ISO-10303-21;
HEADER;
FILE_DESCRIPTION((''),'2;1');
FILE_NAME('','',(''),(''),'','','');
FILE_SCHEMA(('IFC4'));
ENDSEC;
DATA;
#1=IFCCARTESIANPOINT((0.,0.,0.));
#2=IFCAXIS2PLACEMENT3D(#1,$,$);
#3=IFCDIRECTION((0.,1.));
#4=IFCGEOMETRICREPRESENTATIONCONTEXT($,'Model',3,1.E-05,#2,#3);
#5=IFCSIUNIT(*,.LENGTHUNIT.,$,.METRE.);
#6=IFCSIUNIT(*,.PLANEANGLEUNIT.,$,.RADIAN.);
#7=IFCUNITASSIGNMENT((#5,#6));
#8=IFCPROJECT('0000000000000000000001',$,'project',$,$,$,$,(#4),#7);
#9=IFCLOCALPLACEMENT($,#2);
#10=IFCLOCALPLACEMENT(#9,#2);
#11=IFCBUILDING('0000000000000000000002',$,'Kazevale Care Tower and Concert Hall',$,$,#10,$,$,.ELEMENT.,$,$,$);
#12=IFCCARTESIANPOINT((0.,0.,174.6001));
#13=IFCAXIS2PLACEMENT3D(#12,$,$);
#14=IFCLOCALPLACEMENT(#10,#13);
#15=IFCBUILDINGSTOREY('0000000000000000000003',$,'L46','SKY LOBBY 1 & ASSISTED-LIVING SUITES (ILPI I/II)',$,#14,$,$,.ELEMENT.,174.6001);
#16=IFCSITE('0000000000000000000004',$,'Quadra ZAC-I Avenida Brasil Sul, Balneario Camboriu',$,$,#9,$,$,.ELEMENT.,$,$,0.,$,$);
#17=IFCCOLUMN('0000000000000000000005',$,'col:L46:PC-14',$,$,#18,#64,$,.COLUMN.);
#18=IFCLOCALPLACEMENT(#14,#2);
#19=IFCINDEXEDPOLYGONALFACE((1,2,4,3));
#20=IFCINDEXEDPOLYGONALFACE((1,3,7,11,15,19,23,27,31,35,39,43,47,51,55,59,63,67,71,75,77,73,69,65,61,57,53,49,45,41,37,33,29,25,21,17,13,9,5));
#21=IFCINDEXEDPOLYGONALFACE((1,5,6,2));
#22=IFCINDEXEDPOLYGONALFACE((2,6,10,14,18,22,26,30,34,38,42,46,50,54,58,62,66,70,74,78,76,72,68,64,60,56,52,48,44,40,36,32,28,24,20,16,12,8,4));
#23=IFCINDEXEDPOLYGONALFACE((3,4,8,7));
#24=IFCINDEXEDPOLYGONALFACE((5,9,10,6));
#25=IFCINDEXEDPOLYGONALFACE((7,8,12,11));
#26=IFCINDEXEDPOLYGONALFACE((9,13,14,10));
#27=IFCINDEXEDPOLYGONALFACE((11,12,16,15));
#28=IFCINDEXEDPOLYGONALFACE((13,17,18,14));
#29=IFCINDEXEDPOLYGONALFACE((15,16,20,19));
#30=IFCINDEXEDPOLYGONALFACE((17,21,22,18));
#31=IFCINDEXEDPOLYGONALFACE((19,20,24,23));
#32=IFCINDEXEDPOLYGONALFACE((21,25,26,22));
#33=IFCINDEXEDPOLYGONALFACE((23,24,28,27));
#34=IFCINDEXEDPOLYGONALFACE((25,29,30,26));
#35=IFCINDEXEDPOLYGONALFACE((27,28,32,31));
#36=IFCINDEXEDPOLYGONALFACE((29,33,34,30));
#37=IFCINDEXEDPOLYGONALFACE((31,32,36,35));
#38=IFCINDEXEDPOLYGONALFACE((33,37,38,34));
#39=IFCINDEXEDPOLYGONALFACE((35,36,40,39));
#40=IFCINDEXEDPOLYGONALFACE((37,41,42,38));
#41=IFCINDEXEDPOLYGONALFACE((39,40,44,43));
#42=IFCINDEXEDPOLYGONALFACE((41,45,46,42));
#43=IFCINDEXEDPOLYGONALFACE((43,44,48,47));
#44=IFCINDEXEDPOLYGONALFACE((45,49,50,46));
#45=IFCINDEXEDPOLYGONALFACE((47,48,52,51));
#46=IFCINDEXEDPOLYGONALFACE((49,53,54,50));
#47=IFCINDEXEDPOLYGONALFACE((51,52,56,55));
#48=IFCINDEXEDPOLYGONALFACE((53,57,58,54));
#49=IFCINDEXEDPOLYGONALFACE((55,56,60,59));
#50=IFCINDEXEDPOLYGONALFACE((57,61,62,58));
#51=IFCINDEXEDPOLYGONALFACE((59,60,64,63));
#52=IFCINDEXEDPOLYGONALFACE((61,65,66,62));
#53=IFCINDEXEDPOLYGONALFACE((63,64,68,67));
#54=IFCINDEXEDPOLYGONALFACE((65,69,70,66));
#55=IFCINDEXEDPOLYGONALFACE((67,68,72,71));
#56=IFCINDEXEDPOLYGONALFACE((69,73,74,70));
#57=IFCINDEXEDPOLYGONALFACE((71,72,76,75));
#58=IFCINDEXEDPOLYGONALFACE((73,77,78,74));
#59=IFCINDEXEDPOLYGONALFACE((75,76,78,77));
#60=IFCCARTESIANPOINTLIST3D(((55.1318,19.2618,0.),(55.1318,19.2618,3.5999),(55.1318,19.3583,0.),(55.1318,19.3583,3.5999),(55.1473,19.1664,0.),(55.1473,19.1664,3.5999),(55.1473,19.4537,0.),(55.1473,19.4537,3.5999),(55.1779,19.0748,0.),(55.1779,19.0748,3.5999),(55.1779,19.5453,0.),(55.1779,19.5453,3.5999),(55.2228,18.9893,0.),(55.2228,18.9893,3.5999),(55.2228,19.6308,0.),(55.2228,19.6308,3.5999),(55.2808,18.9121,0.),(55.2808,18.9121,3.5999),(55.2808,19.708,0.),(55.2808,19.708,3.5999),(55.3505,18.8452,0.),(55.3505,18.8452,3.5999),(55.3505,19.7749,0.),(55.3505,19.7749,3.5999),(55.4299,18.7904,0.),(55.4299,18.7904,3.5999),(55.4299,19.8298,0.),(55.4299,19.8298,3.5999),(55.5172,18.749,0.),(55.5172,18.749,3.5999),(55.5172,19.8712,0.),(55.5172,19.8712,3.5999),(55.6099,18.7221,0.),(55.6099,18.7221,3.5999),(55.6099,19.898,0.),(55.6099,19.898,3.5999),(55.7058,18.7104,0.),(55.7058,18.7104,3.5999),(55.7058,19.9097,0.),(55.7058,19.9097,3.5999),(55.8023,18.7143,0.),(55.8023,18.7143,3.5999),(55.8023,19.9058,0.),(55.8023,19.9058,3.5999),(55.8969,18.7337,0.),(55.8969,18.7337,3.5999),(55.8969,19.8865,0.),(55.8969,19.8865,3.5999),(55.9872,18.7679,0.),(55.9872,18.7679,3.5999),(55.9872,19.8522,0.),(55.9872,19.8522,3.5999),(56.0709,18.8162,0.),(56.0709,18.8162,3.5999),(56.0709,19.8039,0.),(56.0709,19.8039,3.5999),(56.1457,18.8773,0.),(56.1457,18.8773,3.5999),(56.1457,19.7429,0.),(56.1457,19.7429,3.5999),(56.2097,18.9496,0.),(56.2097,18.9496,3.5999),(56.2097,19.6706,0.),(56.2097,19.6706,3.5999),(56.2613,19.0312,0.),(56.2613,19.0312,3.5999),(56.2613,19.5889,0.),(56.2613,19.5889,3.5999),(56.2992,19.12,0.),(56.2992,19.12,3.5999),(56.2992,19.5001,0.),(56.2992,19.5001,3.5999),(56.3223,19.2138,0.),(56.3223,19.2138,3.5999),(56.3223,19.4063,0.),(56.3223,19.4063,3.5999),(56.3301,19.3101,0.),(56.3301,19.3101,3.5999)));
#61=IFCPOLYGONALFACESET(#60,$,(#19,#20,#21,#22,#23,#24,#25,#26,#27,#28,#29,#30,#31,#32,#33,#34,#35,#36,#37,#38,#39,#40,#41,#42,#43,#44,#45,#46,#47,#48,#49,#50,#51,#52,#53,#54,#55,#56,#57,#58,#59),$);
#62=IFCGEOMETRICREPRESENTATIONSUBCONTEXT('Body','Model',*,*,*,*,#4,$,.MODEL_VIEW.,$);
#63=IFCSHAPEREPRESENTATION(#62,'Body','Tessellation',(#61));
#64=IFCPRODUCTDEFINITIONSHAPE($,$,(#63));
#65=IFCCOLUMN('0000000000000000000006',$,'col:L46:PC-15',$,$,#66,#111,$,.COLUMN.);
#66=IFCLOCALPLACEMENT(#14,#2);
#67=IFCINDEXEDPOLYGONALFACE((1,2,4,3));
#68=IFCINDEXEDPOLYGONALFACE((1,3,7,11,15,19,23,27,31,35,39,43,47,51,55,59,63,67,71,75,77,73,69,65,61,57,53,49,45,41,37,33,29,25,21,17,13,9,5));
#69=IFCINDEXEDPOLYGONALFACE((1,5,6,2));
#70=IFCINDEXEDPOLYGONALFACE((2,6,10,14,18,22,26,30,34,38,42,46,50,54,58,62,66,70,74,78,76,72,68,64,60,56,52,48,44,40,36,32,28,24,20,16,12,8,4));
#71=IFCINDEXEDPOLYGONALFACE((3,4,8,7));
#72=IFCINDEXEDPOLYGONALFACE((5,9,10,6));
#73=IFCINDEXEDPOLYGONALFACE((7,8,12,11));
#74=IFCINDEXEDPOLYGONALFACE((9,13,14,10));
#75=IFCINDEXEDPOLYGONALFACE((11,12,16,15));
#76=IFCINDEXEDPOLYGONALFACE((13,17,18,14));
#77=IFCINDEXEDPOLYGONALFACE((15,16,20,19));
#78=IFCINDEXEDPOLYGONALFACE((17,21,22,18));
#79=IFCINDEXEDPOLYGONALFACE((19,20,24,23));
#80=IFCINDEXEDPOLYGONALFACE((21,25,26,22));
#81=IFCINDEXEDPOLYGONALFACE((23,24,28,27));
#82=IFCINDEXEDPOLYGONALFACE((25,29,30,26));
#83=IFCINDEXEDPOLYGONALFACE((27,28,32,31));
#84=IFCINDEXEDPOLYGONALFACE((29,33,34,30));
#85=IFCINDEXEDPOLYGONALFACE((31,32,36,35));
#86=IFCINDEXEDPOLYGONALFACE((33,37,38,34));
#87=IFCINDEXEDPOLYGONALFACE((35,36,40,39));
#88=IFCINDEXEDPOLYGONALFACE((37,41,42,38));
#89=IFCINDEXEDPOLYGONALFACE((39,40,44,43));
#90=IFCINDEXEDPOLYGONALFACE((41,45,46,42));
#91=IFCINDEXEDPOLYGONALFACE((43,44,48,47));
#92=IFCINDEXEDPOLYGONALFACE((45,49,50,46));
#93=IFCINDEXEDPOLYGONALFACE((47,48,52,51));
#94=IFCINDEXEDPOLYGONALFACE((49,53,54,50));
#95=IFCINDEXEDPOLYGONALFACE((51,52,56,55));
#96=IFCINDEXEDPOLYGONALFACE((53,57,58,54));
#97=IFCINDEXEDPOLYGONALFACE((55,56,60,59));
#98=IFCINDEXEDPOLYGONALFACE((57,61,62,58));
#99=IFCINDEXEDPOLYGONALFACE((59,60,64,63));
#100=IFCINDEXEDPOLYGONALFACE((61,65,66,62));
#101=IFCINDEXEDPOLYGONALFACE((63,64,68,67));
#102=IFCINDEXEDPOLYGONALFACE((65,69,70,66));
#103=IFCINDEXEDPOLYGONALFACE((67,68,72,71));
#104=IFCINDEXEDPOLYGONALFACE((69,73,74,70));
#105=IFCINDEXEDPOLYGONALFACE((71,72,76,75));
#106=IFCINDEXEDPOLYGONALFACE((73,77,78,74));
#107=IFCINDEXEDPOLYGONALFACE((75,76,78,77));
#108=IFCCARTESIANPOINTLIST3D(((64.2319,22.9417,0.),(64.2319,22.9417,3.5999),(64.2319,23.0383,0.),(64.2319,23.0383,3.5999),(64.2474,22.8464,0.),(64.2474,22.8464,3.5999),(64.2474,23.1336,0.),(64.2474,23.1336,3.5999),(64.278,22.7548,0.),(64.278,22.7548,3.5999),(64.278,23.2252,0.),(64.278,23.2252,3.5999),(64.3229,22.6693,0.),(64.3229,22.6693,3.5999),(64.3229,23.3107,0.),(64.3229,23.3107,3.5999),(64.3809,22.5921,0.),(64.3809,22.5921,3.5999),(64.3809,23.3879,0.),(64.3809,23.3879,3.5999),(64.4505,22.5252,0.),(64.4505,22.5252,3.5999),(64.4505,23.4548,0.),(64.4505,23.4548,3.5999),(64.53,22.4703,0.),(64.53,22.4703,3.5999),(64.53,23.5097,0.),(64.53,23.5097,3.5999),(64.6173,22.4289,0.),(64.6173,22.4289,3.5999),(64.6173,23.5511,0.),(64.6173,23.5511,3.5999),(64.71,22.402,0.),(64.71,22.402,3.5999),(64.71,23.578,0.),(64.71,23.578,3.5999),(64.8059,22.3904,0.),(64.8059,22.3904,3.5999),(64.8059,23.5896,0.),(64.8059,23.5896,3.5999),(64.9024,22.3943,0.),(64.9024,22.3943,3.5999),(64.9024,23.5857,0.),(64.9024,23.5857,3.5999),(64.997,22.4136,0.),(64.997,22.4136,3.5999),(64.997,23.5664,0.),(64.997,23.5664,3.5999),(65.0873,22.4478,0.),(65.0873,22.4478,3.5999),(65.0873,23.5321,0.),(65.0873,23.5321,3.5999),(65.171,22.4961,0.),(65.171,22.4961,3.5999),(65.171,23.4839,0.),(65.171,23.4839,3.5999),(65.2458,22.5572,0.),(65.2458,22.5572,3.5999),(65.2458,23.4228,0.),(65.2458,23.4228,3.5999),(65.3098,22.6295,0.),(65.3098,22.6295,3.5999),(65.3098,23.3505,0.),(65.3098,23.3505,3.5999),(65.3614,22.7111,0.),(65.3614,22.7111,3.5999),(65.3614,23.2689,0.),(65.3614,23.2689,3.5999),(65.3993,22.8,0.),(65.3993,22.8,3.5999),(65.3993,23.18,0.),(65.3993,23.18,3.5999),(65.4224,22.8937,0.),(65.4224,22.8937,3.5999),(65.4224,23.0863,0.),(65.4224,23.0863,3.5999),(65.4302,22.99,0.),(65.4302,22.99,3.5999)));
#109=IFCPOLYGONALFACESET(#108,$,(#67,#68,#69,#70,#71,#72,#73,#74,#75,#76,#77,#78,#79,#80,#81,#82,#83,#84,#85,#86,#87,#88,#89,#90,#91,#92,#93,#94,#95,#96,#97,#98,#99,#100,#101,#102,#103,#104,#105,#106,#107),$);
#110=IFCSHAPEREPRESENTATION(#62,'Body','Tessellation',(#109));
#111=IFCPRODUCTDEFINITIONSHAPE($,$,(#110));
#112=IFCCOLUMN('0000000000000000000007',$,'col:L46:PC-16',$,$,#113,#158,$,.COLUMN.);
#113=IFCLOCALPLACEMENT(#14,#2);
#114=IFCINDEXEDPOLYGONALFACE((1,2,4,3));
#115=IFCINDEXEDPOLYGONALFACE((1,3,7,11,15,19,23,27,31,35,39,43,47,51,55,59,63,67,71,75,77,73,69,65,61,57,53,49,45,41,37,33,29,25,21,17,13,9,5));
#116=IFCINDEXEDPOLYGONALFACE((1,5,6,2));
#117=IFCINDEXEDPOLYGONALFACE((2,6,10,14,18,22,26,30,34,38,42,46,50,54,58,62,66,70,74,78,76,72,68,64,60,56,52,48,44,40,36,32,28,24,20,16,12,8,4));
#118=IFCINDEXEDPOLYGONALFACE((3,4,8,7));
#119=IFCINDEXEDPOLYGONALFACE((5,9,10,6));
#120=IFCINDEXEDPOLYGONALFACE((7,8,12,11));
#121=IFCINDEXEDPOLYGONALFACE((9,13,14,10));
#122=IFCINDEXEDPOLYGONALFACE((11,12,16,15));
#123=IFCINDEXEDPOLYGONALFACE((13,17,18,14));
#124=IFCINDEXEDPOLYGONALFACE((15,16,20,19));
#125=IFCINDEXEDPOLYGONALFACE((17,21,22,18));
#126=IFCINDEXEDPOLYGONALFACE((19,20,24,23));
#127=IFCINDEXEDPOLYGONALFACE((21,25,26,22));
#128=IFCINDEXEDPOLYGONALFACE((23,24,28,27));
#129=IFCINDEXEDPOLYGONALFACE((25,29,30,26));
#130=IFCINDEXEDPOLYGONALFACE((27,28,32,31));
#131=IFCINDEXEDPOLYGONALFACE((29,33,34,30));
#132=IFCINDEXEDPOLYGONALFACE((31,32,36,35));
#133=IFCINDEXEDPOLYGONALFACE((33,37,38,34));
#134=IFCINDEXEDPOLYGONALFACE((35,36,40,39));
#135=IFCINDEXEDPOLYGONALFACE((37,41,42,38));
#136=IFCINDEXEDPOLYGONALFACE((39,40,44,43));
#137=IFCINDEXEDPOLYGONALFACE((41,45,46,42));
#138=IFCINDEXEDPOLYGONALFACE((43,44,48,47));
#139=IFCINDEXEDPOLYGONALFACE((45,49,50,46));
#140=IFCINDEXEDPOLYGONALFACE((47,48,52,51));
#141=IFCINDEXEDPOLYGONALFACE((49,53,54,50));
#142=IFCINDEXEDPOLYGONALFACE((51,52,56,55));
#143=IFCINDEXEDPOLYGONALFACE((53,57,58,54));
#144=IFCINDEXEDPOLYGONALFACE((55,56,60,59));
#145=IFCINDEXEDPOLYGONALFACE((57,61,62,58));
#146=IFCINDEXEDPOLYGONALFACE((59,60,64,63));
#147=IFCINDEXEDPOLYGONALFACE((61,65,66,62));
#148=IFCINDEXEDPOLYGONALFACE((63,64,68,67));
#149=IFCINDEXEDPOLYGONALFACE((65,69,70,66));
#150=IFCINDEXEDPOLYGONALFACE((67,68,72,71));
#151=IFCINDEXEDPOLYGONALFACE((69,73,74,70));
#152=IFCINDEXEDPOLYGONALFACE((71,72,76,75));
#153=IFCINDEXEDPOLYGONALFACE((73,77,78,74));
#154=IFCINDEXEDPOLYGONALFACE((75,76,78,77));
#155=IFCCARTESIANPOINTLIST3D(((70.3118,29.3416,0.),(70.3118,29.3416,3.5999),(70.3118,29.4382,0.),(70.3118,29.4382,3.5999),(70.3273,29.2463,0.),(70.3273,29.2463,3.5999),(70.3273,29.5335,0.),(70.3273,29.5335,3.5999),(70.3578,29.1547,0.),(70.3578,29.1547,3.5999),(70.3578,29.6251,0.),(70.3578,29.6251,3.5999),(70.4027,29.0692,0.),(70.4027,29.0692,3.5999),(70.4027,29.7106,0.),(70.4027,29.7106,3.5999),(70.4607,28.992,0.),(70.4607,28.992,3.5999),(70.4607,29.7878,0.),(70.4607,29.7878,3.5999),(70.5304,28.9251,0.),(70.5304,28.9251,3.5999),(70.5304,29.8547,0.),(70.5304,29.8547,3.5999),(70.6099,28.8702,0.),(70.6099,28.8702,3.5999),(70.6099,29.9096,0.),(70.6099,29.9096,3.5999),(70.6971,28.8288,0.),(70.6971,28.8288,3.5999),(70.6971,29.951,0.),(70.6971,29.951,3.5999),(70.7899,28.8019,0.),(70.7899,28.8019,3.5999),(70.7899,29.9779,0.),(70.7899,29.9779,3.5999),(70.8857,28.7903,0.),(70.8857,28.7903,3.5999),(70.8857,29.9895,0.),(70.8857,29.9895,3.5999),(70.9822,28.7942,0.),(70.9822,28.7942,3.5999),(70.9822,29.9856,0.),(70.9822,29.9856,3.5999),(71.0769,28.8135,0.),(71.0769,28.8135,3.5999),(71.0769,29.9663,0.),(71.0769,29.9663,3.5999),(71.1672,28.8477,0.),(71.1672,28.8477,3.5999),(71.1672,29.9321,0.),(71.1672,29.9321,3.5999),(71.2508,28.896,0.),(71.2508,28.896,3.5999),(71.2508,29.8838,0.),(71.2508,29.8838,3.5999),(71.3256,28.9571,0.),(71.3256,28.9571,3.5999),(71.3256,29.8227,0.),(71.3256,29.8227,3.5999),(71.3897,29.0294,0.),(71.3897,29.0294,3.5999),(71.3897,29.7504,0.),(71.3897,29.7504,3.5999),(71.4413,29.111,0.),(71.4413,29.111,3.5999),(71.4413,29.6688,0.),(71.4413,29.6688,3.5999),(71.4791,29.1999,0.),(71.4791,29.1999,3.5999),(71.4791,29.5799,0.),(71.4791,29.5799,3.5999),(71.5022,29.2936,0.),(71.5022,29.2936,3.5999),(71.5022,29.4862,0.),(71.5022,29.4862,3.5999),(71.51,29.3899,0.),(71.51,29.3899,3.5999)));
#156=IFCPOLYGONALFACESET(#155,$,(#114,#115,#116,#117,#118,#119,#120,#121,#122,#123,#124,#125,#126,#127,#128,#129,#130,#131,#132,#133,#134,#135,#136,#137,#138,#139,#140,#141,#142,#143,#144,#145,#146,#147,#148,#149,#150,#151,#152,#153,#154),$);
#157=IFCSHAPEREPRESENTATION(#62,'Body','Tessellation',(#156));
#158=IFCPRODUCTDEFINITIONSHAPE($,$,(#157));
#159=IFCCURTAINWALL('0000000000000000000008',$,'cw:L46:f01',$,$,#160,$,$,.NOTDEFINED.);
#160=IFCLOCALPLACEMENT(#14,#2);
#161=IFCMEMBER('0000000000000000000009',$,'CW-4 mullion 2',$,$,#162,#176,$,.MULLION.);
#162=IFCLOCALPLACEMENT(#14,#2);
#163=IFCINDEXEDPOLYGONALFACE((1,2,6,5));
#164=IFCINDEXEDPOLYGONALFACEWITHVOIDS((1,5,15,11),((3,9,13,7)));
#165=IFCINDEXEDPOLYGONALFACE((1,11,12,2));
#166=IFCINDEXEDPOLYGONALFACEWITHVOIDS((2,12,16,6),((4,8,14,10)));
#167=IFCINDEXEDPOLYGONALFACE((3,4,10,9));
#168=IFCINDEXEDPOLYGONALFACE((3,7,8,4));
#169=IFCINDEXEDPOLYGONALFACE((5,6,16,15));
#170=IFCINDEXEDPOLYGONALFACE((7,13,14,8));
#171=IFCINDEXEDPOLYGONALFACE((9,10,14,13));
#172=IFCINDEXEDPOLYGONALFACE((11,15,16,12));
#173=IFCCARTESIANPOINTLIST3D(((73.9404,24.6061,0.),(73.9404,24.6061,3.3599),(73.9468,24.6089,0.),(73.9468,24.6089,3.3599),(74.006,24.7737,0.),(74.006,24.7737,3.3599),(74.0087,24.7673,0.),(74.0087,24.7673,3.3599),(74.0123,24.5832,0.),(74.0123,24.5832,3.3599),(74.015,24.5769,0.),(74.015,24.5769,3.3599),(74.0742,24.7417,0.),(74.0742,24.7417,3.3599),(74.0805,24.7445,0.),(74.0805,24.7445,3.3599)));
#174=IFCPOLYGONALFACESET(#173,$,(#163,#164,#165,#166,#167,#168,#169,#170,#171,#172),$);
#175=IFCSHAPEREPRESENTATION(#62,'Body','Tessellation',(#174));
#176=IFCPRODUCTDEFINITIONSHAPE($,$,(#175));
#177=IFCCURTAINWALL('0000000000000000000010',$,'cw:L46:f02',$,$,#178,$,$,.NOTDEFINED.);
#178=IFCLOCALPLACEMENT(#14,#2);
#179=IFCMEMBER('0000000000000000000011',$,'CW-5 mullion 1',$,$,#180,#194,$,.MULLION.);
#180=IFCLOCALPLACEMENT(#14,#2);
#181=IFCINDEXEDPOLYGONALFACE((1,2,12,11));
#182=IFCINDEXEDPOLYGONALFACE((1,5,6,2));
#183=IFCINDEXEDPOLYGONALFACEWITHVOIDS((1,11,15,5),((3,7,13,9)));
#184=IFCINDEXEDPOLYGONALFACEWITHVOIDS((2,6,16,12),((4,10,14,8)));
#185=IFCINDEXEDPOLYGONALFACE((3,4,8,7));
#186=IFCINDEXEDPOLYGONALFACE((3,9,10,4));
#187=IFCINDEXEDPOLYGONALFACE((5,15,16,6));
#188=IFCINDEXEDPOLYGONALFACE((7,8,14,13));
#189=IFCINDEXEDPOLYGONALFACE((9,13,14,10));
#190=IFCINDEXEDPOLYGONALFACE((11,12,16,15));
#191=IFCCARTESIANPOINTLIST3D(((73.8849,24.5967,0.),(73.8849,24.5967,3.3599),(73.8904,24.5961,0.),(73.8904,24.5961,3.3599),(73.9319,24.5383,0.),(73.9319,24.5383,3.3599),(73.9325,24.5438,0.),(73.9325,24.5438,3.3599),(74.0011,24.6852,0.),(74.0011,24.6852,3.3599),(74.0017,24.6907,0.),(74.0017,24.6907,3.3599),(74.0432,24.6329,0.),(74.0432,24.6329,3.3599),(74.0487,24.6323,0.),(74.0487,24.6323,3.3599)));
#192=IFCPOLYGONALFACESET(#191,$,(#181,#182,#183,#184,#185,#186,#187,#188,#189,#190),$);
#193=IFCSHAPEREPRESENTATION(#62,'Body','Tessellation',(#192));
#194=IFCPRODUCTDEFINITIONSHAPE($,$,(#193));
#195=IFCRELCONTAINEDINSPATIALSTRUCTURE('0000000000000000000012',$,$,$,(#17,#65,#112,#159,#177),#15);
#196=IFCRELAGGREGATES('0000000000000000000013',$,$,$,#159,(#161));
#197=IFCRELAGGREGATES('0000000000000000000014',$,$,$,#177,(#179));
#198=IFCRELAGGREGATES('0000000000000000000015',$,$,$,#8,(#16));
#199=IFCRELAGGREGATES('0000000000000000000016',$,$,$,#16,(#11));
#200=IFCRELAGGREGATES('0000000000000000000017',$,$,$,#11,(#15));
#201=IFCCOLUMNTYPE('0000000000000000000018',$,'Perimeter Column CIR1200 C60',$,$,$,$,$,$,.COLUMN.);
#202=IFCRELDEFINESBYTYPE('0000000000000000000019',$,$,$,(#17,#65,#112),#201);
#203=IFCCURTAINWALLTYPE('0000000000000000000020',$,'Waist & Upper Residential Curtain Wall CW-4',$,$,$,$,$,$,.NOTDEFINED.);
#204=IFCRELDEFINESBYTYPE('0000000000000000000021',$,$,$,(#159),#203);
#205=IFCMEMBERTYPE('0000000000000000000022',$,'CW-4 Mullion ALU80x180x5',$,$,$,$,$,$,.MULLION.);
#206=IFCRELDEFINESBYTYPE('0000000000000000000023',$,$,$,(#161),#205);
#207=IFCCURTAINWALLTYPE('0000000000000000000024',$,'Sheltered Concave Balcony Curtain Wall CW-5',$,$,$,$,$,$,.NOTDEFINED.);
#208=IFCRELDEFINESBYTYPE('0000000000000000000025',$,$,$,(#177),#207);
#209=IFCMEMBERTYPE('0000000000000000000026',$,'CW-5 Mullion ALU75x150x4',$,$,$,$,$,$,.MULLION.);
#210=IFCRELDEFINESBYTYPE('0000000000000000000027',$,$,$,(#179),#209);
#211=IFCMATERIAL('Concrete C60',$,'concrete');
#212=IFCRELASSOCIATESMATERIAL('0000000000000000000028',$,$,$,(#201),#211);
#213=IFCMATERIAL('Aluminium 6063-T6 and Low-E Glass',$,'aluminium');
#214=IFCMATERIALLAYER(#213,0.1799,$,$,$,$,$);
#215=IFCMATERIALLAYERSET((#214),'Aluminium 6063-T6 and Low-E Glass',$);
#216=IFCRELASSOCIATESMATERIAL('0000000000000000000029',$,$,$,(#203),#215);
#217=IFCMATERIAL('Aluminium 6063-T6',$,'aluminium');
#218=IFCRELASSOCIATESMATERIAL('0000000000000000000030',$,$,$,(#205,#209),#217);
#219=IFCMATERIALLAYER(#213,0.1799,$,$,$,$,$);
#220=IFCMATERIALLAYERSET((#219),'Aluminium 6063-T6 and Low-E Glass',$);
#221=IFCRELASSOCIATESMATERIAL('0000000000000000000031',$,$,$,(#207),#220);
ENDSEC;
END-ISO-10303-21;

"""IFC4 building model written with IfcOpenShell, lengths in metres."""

from ifc_helpers import new_model, si_unit, direction, frame, origin, origin_2d, place, context, subcontext, project, spatial, hollow_rectangle, circle, extrude, material, layer, layer_set, material_profile, profile_set, type_object, element, aggregate, save


model = new_model("IFC4")

# Units and contexts
model_context = context("Model", 3, precision=1e-05, world=origin(), true_north=direction((0.0, 1.0)))
body_context = subcontext(model_context, "Body", "Model", "MODEL_VIEW")
ifc_project = project(units=[si_unit("LENGTHUNIT", "METRE"), si_unit("PLANEANGLEUNIT", "RADIAN")], contexts=[model_context])

# Site, building, storey
site_placement = place(None, origin())
site = spatial("IfcSite", under=ifc_project, at=site_placement, Name="Quadra ZAC-I Avenida Brasil Sul, Balneario Camboriu", CompositionType="ELEMENT", RefElevation=0.0)
building_placement = place(site_placement, origin())
building = spatial("IfcBuilding", under=site, at=building_placement, Name="Kazevale Care Tower and Concert Hall", CompositionType="ELEMENT")
storey_placement = place(building_placement, frame((0.0, 0.0, 174.6001)))
storey = spatial("IfcBuildingStorey", under=building, at=storey_placement, Name="L46", Description="SKY LOBBY 1 & ASSISTED-LIVING SUITES (ILPI I/II)", CompositionType="ELEMENT", Elevation=174.6001)

# Columns
ifc_material_1 = material(Name="Concrete C60", Category="concrete")
ifc_material_profile_1 = material_profile(ifc_material_1, circle(Radius=0.6001, at=origin_2d()), Name="RC-CIR1200")
ifc_profile_set_1 = profile_set([ifc_material_profile_1], Name="Concrete C60")
column_type = type_object("IfcColumnType", Name="Perimeter Column CIR1200 C60", PredefinedType="COLUMN", material=ifc_profile_set_1)
for number, where, z_axis, x_axis, name in (
    (1, (55.73, 19.3101, 0.0), (0.0, 0.0, 1.0), (1.0, 0.0, 0.0), "col:L46:PC-14"),
    (2, (64.8301, 22.99, 0.0), (0.0, 0.0, 1.0), (1.0, 0.0, 0.0), "col:L46:PC-15"),
    (3, (70.9099, 29.3899, 0.0), (0.0, 0.0, 1.0), (1.0, 0.0, 0.0), "col:L46:PC-16"),
):
    element("IfcColumn", number, at=place(storey_placement, frame(where, z_axis=z_axis, x_axis=x_axis)), inside=storey, type_object=column_type, Name=name, PredefinedType="COLUMN", context=body_context, shape_type="SweptSolid", body=[
        extrude(circle(Radius=0.6001, at=origin_2d()), origin(), (0.0, 0.0, 1.0), 3.5999),
    ])

# Curtain wall, member
ifc_material_2 = material(Name="Aluminium 6063-T6 and Low-E Glass", Category="aluminium")
ifc_layer_1 = layer(ifc_material_2, 0.1799)
ifc_layer_set_1 = layer_set([ifc_layer_1], Name="Aluminium 6063-T6 and Low-E Glass")
curtain_wall_type_1 = type_object("IfcCurtainWallType", Name="Waist & Upper Residential Curtain Wall CW-4", PredefinedType="NOTDEFINED", material=ifc_layer_set_1)
curtain_wall_1_placement = place(storey_placement, origin())
curtain_wall_1 = element("IfcCurtainWall", 4, at=curtain_wall_1_placement, inside=storey, type_object=curtain_wall_type_1, Name="cw:L46:f01", PredefinedType="NOTDEFINED")
ifc_material_3 = material(Name="Aluminium 6063-T6", Category="aluminium")
ifc_material_profile_2 = material_profile(ifc_material_3, hollow_rectangle(XDim=0.0801, YDim=0.1799, WallThickness=0.0049, at=origin_2d()), Name="ALU80x180x5")
ifc_profile_set_2 = profile_set([ifc_material_profile_2], Name="Aluminium 6063-T6")
member_type_1 = type_object("IfcMemberType", Name="CW-4 Mullion ALU80x180x5", PredefinedType="MULLION", material=ifc_profile_set_2)
member_1_placement = place(storey_placement, frame((74.0105, 24.6753, 0.0), z_axis=(0.0, 0.0, 1.0), x_axis=(0.931352, -0.364121, 0.0)))
member_1 = element("IfcMember", 5, at=member_1_placement, type_object=member_type_1, Name="CW-4 mullion 2", PredefinedType="MULLION", context=body_context, shape_type="SweptSolid", body=[
    extrude(hollow_rectangle(XDim=0.0801, YDim=0.1799, WallThickness=0.0049, at=origin_2d()), origin(), (0.0, 0.0, 1.0), 3.3599),
])
aggregate(curtain_wall_1, [member_1])

# Curtain wall, member
ifc_layer_2 = layer(ifc_material_2, 0.1799)
ifc_layer_set_2 = layer_set([ifc_layer_2], Name="Aluminium 6063-T6 and Low-E Glass")
curtain_wall_type_2 = type_object("IfcCurtainWallType", Name="Sheltered Concave Balcony Curtain Wall CW-5", PredefinedType="NOTDEFINED", material=ifc_layer_set_2)
curtain_wall_2_placement = place(storey_placement, origin())
curtain_wall_2 = element("IfcCurtainWall", 6, at=curtain_wall_2_placement, inside=storey, type_object=curtain_wall_type_2, Name="cw:L46:f02", PredefinedType="NOTDEFINED")
ifc_material_profile_3 = material_profile(ifc_material_3, hollow_rectangle(XDim=0.075, YDim=0.1499, WallThickness=0.0039, at=origin_2d()), Name="ALU75x150x4")
ifc_profile_set_3 = profile_set([ifc_material_profile_3], Name="Aluminium 6063-T6")
member_type_2 = type_object("IfcMemberType", Name="CW-5 Mullion ALU75x150x4", PredefinedType="MULLION", material=ifc_profile_set_3)
member_2_placement = place(storey_placement, frame((73.9668, 24.6145, 0.0), z_axis=(0.0, 0.0, 1.0), x_axis=(0.626905, -0.779095, 0.0)))
member_2 = element("IfcMember", 7, at=member_2_placement, type_object=member_type_2, Name="CW-5 mullion 1", PredefinedType="MULLION", context=body_context, shape_type="SweptSolid", body=[
    extrude(hollow_rectangle(XDim=0.075, YDim=0.1499, WallThickness=0.0039, at=origin_2d()), origin(), (0.0, 0.0, 1.0), 3.3599),
])

aggregate(curtain_wall_2, [member_2])

save(model, "model.ifc")
